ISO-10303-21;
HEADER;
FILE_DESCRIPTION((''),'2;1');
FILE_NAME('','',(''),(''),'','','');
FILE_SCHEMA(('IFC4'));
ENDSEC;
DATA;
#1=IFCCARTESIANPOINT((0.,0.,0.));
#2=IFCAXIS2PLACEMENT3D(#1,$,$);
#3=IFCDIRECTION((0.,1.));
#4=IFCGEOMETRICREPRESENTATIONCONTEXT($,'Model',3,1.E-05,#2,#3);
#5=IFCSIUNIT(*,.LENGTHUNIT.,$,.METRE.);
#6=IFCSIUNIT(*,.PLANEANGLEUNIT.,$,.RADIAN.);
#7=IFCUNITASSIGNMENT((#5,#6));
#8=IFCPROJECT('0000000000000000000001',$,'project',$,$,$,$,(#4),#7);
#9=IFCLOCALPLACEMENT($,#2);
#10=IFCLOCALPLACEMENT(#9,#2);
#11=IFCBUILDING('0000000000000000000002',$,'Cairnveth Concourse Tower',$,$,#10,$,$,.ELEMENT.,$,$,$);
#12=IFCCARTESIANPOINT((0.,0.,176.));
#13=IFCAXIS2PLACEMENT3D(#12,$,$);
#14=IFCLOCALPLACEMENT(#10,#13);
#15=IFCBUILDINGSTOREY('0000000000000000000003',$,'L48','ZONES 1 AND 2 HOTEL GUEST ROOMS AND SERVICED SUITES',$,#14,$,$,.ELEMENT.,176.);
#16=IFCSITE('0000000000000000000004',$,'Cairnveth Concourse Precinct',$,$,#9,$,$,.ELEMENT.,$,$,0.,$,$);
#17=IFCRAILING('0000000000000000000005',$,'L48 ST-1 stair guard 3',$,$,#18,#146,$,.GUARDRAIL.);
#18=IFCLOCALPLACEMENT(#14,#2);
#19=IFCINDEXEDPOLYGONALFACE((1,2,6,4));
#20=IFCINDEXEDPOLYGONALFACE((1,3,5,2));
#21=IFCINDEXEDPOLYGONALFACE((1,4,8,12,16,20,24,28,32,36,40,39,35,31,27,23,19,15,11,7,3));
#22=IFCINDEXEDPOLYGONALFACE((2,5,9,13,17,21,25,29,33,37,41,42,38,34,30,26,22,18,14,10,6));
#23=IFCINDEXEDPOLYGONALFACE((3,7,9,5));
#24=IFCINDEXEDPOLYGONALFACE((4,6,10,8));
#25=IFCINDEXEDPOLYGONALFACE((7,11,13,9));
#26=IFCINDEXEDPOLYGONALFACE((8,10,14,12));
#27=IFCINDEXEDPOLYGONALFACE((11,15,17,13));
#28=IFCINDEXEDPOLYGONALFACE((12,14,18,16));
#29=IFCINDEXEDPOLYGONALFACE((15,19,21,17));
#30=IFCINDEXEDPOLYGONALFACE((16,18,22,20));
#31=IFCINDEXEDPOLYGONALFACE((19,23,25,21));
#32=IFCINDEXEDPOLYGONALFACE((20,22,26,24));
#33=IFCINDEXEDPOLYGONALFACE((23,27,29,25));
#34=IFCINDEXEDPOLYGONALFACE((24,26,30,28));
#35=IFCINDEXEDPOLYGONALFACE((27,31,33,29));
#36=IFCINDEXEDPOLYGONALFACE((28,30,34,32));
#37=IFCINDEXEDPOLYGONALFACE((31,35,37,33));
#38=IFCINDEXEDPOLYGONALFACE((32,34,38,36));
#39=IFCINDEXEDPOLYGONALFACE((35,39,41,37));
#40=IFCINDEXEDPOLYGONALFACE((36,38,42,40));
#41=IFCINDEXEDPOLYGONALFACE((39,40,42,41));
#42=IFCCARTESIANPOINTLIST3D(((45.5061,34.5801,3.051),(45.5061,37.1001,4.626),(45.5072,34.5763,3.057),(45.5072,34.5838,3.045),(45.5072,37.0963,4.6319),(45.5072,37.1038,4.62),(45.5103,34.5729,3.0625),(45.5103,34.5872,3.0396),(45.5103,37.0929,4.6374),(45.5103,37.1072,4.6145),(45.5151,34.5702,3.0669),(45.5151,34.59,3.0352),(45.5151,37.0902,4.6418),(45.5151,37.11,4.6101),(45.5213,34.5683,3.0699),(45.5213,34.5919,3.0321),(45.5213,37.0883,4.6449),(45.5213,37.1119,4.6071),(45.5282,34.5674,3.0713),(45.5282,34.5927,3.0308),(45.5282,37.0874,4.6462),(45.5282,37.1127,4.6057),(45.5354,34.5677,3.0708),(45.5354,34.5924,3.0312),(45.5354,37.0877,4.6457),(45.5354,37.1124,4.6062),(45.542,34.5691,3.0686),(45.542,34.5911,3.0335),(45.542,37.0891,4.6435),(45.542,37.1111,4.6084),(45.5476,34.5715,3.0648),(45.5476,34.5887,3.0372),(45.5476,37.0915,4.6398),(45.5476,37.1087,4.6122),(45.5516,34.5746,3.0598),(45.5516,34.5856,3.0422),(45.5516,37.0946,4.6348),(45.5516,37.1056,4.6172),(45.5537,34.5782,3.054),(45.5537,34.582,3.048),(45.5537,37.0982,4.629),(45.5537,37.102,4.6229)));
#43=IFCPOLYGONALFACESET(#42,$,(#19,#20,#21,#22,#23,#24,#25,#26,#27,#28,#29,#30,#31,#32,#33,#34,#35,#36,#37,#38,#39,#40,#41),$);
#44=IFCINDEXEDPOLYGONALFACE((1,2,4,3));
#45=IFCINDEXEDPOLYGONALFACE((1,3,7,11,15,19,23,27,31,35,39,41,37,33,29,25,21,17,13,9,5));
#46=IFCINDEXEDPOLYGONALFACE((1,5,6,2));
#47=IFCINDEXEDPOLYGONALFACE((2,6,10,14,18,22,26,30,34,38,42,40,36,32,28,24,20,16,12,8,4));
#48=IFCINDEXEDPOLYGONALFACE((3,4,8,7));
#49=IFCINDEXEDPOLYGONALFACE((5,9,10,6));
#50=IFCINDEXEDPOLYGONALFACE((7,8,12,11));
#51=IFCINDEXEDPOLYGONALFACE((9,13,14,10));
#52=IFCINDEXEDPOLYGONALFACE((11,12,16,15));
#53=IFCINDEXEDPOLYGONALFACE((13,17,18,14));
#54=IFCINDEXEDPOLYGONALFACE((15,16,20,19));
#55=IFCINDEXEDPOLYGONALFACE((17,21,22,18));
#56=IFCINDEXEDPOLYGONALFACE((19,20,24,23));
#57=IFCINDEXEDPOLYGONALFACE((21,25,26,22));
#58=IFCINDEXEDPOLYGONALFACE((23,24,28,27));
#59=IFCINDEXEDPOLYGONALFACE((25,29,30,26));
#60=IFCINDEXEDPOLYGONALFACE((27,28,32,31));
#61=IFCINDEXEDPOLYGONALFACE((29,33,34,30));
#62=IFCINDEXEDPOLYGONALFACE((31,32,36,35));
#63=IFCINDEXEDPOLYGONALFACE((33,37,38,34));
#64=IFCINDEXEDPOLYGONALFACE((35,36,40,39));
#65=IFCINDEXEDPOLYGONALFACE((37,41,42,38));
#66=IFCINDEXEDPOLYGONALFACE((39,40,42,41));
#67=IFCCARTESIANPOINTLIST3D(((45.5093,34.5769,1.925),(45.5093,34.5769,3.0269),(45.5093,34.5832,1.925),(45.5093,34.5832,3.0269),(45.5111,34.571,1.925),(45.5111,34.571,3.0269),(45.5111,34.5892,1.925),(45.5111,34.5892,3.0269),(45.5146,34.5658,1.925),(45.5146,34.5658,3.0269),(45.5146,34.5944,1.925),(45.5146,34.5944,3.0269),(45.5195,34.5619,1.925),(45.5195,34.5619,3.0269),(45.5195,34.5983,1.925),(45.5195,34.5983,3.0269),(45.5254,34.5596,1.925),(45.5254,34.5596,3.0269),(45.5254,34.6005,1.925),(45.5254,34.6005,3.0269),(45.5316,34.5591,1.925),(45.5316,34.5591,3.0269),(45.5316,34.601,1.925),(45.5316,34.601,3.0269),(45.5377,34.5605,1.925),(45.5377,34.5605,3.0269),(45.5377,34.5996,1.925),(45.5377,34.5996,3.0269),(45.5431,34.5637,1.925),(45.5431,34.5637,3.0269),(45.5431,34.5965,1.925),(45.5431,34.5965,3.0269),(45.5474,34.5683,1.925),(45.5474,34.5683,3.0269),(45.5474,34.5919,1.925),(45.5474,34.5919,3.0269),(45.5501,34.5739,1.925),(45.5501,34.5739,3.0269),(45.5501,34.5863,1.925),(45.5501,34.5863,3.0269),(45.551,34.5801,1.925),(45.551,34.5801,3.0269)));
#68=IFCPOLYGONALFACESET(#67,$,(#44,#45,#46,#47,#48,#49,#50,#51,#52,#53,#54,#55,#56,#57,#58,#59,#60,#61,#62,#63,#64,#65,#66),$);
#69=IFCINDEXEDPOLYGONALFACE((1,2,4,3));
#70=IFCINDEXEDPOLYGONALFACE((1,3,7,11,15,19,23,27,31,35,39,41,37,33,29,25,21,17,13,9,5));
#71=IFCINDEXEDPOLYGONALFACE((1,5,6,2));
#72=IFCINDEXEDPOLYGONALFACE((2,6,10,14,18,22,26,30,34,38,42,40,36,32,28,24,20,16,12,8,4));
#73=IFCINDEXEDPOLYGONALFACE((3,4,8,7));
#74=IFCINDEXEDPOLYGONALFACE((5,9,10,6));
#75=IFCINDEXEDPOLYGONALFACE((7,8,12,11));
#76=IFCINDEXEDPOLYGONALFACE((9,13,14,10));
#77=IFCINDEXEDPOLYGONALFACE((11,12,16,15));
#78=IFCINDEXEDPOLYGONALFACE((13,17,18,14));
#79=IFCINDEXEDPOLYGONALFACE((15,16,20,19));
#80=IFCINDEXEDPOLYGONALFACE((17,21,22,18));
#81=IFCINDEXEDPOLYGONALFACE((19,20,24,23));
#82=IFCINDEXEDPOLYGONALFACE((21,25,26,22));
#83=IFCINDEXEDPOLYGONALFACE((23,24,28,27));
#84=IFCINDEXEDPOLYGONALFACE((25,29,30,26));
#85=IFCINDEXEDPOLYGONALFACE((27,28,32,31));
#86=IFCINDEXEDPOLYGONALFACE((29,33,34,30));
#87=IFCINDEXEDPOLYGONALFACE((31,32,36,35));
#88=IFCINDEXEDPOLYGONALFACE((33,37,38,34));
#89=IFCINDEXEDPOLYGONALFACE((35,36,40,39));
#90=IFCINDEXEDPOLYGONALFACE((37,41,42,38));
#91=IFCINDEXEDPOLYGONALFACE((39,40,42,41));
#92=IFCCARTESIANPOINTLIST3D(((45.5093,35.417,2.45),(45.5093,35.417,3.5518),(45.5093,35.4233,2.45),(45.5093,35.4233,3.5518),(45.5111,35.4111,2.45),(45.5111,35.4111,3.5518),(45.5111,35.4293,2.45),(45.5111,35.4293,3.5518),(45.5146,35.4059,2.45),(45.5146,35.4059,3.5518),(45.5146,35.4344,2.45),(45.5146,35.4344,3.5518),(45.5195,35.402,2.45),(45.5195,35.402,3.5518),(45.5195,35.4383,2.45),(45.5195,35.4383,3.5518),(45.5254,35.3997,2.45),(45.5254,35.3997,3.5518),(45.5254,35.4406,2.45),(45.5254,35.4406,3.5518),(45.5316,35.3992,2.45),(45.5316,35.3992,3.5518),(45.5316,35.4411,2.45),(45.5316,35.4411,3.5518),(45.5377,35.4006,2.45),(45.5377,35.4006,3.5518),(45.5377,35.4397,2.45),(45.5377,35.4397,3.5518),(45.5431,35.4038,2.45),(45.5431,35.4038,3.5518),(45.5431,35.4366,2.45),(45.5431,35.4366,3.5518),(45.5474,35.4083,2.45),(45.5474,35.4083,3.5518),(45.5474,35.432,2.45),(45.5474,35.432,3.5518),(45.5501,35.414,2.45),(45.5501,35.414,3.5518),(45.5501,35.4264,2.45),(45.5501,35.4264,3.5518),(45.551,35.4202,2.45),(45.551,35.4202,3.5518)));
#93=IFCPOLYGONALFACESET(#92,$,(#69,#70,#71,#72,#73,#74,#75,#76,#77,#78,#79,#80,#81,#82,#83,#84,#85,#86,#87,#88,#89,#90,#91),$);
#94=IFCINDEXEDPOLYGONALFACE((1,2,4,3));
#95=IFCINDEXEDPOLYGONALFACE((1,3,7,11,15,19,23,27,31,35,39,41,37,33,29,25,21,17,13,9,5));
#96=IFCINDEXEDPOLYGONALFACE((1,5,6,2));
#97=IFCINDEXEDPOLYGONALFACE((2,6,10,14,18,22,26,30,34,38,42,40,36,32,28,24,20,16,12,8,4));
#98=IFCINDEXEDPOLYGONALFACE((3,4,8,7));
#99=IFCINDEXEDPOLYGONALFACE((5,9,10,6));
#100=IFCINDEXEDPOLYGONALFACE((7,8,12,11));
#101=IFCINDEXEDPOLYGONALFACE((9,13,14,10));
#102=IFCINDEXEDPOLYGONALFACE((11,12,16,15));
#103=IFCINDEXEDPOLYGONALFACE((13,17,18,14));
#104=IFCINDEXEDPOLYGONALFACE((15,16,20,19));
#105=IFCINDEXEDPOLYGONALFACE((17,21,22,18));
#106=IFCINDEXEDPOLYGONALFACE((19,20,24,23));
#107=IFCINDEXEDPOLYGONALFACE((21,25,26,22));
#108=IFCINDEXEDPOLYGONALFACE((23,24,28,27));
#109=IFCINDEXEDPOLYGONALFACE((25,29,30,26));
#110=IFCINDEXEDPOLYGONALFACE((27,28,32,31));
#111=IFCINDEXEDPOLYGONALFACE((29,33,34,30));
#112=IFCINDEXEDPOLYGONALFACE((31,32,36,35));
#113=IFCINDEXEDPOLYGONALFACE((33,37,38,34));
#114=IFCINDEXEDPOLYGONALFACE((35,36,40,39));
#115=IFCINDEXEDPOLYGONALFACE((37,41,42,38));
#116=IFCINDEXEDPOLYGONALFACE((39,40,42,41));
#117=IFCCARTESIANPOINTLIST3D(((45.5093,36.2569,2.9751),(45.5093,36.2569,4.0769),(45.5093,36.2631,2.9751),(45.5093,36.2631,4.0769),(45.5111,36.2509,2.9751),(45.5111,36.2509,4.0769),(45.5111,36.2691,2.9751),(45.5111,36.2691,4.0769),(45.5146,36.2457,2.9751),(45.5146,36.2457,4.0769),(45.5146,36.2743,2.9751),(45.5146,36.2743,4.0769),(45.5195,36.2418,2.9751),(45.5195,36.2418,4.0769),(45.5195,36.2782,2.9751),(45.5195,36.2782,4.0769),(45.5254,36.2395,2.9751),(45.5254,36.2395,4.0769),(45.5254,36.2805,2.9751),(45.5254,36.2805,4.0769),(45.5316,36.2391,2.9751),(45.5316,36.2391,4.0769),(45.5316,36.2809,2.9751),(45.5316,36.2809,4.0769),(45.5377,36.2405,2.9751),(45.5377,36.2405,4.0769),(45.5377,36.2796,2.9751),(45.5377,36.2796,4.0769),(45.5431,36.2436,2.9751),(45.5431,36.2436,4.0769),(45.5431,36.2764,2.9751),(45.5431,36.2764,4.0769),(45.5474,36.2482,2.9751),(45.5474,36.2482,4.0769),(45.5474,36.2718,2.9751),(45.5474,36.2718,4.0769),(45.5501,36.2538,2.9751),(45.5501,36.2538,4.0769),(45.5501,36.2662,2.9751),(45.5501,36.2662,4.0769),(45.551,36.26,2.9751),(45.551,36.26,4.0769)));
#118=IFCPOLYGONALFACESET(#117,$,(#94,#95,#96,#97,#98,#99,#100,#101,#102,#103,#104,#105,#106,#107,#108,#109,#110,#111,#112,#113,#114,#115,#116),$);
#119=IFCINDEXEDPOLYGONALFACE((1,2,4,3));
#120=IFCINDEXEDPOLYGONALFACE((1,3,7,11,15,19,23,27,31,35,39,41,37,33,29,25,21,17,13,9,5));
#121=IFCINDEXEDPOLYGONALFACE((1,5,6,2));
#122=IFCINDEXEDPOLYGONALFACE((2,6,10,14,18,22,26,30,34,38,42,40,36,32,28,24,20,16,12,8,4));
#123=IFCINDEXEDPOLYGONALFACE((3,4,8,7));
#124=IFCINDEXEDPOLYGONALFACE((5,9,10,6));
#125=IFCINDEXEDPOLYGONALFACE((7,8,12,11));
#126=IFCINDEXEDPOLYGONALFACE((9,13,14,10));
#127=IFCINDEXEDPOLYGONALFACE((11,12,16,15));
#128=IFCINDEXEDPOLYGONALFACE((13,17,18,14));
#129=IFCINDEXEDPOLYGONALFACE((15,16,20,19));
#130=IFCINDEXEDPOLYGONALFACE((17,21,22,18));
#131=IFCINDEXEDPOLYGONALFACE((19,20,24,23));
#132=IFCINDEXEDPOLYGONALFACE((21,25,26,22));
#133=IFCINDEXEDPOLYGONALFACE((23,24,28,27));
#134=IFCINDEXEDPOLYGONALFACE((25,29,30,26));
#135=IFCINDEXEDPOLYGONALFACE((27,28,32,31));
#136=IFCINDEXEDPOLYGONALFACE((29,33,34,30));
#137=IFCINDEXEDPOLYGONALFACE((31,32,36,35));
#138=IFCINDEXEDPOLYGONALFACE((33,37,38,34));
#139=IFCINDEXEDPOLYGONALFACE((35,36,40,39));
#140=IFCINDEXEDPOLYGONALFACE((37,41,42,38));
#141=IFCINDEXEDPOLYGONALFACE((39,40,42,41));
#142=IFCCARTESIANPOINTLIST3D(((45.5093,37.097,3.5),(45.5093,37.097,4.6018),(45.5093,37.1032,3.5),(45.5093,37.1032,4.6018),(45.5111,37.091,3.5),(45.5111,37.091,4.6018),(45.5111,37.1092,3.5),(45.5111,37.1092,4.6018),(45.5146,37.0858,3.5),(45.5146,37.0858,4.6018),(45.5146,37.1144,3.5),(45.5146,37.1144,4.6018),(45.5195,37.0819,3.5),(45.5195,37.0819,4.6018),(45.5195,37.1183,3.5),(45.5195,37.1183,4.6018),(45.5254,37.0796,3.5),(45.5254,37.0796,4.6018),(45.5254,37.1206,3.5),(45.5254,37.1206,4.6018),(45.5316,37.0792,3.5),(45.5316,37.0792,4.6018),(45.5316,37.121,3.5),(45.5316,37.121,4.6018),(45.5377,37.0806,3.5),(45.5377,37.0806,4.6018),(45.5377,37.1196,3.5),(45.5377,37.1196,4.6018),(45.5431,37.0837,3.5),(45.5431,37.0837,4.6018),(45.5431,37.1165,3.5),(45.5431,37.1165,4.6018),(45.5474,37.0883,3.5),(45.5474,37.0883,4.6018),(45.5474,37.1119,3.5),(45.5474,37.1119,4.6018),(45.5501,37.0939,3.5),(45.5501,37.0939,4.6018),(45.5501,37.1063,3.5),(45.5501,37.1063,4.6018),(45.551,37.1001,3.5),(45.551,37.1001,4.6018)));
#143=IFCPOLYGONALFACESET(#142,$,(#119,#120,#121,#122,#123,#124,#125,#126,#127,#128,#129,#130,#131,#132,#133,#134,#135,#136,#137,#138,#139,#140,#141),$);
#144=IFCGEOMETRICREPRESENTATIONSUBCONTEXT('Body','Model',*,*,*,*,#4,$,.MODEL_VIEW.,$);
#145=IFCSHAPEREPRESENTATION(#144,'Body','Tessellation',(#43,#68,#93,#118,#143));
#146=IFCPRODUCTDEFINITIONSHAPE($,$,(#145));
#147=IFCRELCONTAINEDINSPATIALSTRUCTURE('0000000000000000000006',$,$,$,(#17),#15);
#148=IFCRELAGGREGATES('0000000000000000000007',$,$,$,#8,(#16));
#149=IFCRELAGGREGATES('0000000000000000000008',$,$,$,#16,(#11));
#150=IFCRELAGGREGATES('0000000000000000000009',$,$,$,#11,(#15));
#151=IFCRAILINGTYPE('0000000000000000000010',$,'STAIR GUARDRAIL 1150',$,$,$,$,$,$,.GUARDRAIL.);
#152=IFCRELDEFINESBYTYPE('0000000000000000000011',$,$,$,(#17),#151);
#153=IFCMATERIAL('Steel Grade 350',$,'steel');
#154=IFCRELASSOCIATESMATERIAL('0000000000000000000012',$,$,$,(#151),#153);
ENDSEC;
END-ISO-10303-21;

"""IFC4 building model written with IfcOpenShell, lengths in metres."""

from ifc_helpers import new_model, si_unit, direction, frame, origin, origin_2d, place, context, subcontext, project, spatial, circle, extrude, material, type_object, element, save


model = new_model("IFC4")

# Units and contexts
model_context = context("Model", 3, precision=1e-05, world=origin(), true_north=direction((0.0, 1.0)))
body_context = subcontext(model_context, "Body", "Model", "MODEL_VIEW")
ifc_project = project(units=[si_unit("LENGTHUNIT", "METRE"), si_unit("PLANEANGLEUNIT", "RADIAN")], contexts=[model_context])

# Site, building, storey
site_placement = place(None, origin())
site = spatial("IfcSite", under=ifc_project, at=site_placement, Name="Cairnveth Concourse Precinct", CompositionType="ELEMENT", RefElevation=0.0)
building_placement = place(site_placement, origin())
building = spatial("IfcBuilding", under=site, at=building_placement, Name="Cairnveth Concourse Tower", CompositionType="ELEMENT")
storey_placement = place(building_placement, frame((0.0, 0.0, 176.0)))
storey = spatial("IfcBuildingStorey", under=building, at=storey_placement, Name="L48", Description="ZONES 1 AND 2 HOTEL GUEST ROOMS AND SERVICED SUITES", CompositionType="ELEMENT", Elevation=176.0)

# Shared definitions
ifc_material_1 = material(Name="Steel Grade 350", Category="steel")

# Railing
railing_type_1 = type_object("IfcRailingType", Name="STAIR GUARDRAIL 1150", PredefinedType="GUARDRAIL", material=ifc_material_1)
railing_1_placement = place(storey_placement, frame((45.53, 34.5801, 1.925)))
element("IfcRailing", 1, at=railing_1_placement, inside=storey, type_object=railing_type_1, Name="L48 ST-1 stair guard 3", PredefinedType="GUARDRAIL", context=body_context, shape_type="SweptSolid", body=[
    extrude(circle(Radius=0.0239, at=origin_2d()), frame((0.0, 0.0, 1.126), z_axis=(0.0, 0.848008, 0.529984), x_axis=(-1.0, 0.0, 0.0)), (0.0, 0.0, 1.0), 2.9717),
    extrude(circle(Radius=0.021, at=origin_2d()), origin(), (0.0, 0.0, 1.0), 1.1018),
    extrude(circle(Radius=0.021, at=origin_2d()), frame((0.0, 0.8401, 0.5249)), (0.0, 0.0, 1.0), 1.1018),
    extrude(circle(Radius=0.021, at=origin_2d()), frame((0.0, 1.6799, 1.05)), (0.0, 0.0, 1.0), 1.1018),
    extrude(circle(Radius=0.021, at=origin_2d()), frame((0.0, 2.52, 1.575)), (0.0, 0.0, 1.0), 1.1018),
])

save(model, "model.ifc")
